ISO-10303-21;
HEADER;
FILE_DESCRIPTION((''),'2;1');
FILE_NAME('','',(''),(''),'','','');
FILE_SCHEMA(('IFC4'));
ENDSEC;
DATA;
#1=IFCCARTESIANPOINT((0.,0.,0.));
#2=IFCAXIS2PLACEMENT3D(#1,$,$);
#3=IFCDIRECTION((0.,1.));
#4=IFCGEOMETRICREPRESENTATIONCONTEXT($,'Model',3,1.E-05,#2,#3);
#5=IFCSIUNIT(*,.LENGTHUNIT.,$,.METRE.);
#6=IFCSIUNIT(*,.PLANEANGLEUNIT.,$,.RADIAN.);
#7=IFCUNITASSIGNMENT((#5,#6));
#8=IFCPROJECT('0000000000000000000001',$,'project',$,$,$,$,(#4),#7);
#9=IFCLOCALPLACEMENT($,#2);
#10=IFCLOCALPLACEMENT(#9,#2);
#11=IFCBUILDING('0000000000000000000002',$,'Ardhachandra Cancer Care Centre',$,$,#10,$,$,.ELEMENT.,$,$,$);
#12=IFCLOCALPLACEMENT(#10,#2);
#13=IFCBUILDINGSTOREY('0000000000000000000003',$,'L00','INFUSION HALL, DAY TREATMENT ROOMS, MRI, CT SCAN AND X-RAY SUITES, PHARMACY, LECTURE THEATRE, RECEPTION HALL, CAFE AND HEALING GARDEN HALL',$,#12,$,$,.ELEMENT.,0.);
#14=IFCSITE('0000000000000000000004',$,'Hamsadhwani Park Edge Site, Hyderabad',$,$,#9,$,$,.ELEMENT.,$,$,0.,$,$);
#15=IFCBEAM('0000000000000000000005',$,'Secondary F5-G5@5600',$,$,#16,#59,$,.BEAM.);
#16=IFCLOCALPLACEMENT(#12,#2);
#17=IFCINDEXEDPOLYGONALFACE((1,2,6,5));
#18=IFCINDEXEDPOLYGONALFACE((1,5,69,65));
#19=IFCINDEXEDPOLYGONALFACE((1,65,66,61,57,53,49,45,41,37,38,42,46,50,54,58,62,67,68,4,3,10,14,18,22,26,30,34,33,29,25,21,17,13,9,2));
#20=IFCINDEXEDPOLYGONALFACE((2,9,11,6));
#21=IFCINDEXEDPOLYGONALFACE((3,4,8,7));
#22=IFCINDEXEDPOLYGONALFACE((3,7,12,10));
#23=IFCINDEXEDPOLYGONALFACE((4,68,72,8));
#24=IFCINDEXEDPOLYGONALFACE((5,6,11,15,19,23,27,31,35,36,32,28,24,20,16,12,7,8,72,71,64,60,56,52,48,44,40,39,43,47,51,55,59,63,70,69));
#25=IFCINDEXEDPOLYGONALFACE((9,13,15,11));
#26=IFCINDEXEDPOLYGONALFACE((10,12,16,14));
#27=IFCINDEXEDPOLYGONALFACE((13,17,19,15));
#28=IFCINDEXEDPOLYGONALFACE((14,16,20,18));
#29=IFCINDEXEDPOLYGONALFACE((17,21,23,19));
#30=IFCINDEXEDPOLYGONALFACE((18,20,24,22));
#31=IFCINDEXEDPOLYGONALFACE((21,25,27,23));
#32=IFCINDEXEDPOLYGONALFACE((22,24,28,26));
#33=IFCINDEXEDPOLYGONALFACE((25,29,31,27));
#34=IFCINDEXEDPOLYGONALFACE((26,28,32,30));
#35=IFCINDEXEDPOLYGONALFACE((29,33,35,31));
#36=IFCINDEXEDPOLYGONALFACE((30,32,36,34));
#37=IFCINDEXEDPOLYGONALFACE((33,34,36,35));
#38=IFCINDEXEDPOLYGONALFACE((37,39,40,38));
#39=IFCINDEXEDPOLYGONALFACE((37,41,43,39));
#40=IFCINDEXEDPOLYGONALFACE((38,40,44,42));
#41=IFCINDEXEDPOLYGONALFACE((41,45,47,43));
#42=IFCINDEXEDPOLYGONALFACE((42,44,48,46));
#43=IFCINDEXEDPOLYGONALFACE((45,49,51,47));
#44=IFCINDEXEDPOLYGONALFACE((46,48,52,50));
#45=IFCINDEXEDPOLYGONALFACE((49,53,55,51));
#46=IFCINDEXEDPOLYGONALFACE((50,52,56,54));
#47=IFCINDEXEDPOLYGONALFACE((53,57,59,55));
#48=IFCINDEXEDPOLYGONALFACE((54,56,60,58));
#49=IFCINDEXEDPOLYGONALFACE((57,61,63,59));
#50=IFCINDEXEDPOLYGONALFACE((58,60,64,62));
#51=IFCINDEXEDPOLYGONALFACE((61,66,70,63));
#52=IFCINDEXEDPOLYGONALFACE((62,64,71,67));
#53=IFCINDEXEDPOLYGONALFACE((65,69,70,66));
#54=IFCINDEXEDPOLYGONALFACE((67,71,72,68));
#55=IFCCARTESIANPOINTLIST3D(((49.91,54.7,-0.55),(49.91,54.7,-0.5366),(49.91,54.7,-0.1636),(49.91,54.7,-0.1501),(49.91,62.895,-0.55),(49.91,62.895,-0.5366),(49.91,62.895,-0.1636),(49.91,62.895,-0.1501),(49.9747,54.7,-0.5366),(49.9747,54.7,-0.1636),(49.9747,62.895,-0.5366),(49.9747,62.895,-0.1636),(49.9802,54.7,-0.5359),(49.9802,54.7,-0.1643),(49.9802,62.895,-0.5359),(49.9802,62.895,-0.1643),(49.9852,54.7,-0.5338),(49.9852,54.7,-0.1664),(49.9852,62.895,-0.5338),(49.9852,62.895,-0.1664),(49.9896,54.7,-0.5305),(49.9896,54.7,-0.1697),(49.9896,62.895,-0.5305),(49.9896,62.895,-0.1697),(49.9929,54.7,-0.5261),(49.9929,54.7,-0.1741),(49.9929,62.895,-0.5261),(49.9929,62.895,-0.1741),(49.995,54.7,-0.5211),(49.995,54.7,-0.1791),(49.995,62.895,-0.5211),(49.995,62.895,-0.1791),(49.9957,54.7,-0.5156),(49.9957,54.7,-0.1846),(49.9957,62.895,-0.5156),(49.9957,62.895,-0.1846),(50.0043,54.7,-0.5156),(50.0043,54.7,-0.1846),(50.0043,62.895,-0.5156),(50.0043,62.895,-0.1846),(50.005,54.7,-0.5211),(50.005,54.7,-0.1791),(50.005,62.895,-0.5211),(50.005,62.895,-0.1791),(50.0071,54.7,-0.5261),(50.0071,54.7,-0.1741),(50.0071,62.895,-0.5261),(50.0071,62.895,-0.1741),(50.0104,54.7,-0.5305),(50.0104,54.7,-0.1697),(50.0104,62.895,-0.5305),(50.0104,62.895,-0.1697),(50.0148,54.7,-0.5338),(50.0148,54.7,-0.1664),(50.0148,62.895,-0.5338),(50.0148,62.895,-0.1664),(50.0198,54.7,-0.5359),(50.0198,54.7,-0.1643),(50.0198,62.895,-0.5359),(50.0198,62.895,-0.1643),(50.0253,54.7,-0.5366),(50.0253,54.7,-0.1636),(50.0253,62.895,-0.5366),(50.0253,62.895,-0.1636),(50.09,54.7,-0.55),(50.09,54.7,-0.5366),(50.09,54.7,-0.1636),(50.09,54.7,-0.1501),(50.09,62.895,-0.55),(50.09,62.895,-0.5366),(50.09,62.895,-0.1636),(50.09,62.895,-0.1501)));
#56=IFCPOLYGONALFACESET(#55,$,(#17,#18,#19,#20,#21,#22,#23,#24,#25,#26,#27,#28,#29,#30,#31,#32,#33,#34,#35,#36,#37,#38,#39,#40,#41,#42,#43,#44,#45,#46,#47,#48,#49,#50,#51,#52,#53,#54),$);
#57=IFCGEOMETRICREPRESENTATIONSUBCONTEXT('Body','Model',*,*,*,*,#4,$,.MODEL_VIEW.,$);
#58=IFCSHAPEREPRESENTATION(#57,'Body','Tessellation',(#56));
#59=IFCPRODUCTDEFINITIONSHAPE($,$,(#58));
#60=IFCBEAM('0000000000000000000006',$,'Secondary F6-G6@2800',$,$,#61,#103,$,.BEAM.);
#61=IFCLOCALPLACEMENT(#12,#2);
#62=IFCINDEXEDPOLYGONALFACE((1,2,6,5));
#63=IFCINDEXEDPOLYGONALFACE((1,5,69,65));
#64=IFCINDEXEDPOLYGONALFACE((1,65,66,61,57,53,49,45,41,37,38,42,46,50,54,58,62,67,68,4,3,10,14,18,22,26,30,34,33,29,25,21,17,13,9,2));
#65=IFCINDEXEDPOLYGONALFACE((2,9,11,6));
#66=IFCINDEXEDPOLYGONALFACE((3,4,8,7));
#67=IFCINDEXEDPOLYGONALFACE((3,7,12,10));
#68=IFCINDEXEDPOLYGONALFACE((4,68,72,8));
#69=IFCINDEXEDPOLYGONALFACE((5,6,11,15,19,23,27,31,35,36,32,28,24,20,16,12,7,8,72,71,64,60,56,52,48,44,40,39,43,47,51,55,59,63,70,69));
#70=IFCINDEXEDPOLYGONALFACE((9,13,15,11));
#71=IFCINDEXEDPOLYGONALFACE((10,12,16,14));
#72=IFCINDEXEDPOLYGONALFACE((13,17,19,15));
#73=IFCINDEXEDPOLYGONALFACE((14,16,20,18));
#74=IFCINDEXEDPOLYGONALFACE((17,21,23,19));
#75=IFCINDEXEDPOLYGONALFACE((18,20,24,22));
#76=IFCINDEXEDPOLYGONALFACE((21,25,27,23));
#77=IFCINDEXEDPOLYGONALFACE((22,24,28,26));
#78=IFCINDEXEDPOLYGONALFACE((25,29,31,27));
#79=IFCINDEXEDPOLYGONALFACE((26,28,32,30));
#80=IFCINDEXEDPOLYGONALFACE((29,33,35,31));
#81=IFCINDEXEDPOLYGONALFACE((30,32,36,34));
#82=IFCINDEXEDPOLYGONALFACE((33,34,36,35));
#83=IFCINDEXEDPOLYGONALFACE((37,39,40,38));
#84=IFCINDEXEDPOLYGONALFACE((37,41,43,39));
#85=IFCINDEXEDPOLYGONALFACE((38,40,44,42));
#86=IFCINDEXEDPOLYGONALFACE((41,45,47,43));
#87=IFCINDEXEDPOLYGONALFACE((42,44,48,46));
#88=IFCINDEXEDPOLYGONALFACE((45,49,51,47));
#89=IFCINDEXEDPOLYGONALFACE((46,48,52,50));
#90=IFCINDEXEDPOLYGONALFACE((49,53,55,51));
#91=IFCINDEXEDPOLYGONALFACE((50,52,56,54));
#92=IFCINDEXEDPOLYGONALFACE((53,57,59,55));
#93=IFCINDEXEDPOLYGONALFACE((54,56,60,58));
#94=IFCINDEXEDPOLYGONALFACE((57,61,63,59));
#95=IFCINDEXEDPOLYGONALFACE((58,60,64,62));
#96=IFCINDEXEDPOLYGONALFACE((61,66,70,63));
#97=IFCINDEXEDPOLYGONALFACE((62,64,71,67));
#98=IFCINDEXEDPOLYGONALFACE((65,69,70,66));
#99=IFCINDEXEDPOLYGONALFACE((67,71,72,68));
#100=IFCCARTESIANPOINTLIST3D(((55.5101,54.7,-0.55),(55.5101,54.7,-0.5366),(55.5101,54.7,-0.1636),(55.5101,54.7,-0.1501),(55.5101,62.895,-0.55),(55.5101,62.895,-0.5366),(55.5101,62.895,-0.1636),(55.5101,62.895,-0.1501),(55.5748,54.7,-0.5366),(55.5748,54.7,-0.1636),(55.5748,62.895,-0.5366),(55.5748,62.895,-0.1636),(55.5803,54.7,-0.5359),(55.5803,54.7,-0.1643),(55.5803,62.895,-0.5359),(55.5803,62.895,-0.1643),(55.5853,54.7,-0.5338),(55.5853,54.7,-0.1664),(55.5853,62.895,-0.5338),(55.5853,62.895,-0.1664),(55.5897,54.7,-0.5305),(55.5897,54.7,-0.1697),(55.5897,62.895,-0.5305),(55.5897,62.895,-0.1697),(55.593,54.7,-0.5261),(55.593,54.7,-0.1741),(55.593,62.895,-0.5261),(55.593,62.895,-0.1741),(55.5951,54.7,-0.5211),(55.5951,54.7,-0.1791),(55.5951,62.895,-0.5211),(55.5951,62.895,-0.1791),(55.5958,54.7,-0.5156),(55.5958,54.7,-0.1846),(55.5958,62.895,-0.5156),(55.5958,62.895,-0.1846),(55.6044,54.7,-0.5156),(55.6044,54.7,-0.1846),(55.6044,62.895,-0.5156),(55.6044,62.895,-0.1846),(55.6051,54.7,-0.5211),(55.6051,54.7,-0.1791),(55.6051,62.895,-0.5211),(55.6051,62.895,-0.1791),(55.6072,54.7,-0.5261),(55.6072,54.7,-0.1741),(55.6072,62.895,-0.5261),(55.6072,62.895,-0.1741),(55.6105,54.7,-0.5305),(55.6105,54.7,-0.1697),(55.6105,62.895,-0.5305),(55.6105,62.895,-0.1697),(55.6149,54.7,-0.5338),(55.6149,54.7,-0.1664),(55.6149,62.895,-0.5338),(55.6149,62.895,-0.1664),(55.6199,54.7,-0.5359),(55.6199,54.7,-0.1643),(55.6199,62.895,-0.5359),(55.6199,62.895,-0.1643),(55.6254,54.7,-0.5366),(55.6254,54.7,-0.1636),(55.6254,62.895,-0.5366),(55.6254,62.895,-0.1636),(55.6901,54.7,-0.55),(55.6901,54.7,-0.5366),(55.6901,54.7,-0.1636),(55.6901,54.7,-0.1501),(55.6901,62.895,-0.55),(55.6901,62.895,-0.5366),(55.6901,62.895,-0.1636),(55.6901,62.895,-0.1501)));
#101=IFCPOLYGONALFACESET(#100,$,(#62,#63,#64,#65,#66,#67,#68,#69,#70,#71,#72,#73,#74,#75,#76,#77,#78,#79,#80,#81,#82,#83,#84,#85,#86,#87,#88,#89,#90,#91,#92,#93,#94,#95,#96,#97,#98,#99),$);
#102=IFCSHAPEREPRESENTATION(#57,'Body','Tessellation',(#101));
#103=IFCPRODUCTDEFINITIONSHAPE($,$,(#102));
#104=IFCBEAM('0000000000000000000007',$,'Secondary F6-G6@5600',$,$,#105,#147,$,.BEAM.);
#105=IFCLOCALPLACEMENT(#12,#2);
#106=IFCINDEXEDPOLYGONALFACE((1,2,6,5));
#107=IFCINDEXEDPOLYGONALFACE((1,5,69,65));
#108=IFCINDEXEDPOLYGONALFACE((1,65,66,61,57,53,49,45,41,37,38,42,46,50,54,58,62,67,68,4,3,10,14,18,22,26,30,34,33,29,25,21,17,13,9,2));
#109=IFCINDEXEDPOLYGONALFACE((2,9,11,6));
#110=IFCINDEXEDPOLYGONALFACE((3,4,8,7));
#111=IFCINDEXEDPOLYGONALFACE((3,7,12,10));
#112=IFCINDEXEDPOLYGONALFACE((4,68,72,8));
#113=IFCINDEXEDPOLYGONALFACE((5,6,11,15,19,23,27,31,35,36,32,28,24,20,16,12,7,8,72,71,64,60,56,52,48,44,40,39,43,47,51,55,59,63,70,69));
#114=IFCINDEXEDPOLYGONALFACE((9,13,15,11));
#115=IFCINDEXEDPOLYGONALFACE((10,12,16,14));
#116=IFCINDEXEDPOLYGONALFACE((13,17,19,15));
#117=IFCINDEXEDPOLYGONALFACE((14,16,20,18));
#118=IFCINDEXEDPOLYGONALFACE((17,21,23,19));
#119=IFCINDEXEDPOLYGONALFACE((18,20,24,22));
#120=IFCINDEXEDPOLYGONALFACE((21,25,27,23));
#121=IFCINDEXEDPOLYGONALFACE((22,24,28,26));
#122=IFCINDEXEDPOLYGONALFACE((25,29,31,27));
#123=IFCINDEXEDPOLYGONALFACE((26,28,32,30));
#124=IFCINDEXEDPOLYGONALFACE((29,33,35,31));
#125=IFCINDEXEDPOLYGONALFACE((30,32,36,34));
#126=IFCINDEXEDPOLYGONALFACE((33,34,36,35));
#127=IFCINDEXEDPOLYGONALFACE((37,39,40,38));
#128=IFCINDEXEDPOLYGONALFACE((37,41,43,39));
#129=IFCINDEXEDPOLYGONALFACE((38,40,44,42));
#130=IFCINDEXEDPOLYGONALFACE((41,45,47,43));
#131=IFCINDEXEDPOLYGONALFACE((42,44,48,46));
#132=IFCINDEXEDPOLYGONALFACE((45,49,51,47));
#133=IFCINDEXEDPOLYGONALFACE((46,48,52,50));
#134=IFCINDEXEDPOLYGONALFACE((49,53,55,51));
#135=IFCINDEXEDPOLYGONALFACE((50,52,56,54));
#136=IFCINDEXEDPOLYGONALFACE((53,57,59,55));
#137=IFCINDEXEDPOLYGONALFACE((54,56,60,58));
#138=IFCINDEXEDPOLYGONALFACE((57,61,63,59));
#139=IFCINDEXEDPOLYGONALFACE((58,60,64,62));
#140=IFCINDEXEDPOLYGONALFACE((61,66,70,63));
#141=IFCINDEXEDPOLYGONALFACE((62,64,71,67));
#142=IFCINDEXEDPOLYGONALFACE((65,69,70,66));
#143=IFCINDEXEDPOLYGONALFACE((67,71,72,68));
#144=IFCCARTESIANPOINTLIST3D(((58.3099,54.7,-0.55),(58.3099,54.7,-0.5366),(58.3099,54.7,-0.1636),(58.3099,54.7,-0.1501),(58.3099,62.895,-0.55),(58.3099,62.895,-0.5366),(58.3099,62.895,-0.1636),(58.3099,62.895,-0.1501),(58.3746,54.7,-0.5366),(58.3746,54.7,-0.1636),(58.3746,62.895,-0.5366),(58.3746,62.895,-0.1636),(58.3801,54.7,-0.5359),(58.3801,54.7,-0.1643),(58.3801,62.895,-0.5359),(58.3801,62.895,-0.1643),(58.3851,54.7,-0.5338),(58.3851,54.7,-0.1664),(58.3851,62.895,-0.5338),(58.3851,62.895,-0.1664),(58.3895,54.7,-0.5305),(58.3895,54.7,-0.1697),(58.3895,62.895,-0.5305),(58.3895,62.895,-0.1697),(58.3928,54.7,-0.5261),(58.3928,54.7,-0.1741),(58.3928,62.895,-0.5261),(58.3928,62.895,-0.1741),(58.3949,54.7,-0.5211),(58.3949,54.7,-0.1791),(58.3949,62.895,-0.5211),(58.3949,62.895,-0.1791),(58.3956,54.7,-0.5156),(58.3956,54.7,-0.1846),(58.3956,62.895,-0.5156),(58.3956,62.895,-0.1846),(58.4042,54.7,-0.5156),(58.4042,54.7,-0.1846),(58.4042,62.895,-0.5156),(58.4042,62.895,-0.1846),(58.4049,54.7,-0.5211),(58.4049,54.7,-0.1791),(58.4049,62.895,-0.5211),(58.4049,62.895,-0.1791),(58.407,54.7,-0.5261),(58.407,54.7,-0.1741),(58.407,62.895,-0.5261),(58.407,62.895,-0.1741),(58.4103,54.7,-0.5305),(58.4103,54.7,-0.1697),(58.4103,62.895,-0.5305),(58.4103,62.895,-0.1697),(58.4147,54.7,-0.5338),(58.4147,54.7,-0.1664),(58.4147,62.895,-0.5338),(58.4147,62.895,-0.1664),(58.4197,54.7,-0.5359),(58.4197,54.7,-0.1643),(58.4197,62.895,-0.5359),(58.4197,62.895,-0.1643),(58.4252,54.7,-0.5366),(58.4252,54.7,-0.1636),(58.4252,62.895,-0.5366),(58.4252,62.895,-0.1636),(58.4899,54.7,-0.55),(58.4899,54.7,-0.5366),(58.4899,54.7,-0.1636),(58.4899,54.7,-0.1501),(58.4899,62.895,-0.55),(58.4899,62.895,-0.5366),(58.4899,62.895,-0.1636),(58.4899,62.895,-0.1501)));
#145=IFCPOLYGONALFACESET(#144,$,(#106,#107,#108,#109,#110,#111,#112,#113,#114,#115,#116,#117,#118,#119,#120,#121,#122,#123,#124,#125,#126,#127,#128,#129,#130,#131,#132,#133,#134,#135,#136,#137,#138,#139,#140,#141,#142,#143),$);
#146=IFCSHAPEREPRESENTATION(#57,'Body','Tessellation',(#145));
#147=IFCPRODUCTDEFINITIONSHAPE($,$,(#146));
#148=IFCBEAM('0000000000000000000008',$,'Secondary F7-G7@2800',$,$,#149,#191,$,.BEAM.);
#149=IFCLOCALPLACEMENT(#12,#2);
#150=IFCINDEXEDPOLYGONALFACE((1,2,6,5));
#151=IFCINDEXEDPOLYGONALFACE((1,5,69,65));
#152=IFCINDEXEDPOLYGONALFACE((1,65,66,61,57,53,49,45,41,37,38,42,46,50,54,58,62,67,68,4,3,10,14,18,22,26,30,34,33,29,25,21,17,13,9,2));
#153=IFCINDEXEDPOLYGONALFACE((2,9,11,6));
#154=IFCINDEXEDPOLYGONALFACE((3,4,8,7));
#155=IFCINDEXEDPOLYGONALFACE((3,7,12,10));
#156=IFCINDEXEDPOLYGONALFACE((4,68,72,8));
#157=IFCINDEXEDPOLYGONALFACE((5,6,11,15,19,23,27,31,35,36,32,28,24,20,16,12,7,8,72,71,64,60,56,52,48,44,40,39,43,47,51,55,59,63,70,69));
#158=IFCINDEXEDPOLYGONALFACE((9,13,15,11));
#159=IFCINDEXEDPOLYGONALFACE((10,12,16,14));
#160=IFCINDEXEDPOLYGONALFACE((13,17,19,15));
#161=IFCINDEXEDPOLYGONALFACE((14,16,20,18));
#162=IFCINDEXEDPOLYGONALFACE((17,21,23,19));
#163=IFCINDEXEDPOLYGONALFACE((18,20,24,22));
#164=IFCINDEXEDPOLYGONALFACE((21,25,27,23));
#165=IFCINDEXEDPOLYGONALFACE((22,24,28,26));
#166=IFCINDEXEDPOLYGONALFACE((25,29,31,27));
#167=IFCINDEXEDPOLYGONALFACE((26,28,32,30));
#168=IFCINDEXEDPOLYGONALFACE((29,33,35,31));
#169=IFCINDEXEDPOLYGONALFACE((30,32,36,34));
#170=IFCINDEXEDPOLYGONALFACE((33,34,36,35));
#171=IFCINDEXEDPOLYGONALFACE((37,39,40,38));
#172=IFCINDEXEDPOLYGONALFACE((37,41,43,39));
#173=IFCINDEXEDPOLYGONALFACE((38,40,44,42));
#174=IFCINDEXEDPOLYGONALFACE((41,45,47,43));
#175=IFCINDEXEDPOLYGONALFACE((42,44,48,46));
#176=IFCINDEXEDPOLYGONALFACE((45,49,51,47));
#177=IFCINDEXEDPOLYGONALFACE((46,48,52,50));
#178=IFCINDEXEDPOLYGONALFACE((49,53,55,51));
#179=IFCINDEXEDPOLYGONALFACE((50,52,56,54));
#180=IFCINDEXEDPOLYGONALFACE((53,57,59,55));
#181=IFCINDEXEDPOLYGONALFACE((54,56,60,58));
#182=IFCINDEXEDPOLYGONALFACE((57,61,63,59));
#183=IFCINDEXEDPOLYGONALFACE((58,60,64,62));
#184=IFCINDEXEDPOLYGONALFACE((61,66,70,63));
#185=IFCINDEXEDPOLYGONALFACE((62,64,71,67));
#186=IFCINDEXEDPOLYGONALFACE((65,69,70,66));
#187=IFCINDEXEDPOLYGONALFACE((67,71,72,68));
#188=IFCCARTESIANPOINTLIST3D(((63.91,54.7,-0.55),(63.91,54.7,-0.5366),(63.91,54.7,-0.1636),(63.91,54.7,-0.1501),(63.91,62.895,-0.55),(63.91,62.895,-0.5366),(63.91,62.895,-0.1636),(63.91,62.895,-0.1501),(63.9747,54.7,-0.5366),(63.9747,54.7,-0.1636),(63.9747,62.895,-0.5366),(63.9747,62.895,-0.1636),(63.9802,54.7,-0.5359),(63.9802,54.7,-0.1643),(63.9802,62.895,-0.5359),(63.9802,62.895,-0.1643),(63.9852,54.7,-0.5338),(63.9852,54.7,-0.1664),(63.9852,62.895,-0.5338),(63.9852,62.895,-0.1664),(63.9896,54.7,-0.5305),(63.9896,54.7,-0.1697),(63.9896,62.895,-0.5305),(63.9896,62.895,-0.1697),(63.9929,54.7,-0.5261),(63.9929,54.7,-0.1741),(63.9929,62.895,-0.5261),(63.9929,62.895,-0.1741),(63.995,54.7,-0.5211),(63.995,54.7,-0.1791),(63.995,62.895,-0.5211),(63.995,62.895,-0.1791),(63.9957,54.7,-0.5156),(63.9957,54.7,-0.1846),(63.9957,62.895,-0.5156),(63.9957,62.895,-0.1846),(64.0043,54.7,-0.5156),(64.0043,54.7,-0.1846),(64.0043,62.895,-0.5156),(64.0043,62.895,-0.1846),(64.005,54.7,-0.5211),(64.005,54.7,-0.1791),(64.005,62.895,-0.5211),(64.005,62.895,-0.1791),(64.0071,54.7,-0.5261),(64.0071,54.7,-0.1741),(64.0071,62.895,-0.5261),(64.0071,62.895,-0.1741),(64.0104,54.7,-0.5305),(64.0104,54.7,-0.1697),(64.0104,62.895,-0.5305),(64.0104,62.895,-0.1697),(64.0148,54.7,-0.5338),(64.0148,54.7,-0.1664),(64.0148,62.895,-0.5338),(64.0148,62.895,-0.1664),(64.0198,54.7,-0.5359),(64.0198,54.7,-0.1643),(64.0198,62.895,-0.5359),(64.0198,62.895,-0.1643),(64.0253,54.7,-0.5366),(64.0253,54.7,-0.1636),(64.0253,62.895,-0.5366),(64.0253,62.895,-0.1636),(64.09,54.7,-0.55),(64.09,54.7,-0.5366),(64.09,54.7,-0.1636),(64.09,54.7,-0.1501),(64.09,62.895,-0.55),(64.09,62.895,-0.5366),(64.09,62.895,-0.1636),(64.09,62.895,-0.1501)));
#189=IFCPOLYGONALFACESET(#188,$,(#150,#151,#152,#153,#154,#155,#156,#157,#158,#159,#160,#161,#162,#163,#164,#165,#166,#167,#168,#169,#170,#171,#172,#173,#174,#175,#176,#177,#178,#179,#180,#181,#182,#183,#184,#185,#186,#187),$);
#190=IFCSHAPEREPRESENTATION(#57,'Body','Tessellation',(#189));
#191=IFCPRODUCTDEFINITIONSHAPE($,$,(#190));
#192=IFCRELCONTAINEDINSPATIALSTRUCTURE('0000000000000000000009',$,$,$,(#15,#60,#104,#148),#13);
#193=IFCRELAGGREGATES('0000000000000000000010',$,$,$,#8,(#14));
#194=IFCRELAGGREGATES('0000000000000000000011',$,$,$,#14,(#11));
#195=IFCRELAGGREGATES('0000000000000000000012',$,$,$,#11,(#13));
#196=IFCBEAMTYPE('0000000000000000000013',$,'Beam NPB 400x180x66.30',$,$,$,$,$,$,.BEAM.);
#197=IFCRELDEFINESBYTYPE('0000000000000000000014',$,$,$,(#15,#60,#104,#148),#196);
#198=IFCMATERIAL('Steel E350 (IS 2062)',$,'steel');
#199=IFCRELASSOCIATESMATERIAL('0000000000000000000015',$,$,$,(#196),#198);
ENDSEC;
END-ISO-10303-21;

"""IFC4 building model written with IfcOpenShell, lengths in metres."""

from ifc_helpers import new_model, si_unit, direction, frame, origin, origin_2d, place, context, subcontext, project, spatial, i_section, extrude, material, material_profile, profile_set, type_object, element, save


model = new_model("IFC4")

# Units and contexts
model_context = context("Model", 3, precision=1e-05, world=origin(), true_north=direction((0.0, 1.0)))
body_context = subcontext(model_context, "Body", "Model", "MODEL_VIEW")
ifc_project = project(units=[si_unit("LENGTHUNIT", "METRE"), si_unit("PLANEANGLEUNIT", "RADIAN")], contexts=[model_context])

# Site, building, storey
site_placement = place(None, origin())
site = spatial("IfcSite", under=ifc_project, at=site_placement, Name="Hamsadhwani Park Edge Site, Hyderabad", CompositionType="ELEMENT", RefElevation=0.0)
building_placement = place(site_placement, origin())
building = spatial("IfcBuilding", under=site, at=building_placement, Name="Ardhachandra Cancer Care Centre", CompositionType="ELEMENT")
storey_placement = place(building_placement, origin())
storey = spatial("IfcBuildingStorey", under=building, at=storey_placement, Name="L00", Description="INFUSION HALL, DAY TREATMENT ROOMS, MRI, CT SCAN AND X-RAY SUITES, PHARMACY, LECTURE THEATRE, RECEPTION HALL, CAFE AND HEALING GARDEN HALL", CompositionType="ELEMENT", Elevation=0.0)

# Beams
ifc_material_1 = material(Name="Steel E350 (IS 2062)", Category="steel")
ifc_material_profile_1 = material_profile(ifc_material_1, i_section(OverallWidth=0.1799, OverallDepth=0.3999, WebThickness=0.0085, FlangeThickness=0.0134, FilletRadius=0.021, at=origin_2d()), Name="NPB 400x180x66.30")
ifc_profile_set_1 = profile_set([ifc_material_profile_1], Name="Steel E350 (IS 2062)")
beam_type = type_object("IfcBeamType", Name="Beam NPB 400x180x66.30", PredefinedType="BEAM", material=ifc_profile_set_1)
for number, where, z_axis, x_axis, name in (
    (1, (50.0, 54.7, -0.3501), (0.0, 1.0, 0.0), (-1.0, 0.0, 0.0), "Secondary F5-G5@5600"),
    (2, (55.6001, 54.7, -0.3501), (0.0, 1.0, 0.0), (-1.0, 0.0, 0.0), "Secondary F6-G6@2800"),
    (3, (58.3999, 54.7, -0.3501), (0.0, 1.0, 0.0), (-1.0, 0.0, 0.0), "Secondary F6-G6@5600"),
    (4, (64.0, 54.7, -0.3501), (0.0, 1.0, 0.0), (-1.0, 0.0, 0.0), "Secondary F7-G7@2800"),
):
    element("IfcBeam", number, at=place(storey_placement, frame(where, z_axis=z_axis, x_axis=x_axis)), inside=storey, type_object=beam_type, Name=name, PredefinedType="BEAM", context=body_context, shape_type="SweptSolid", body=[
        extrude(i_section(OverallWidth=0.1799, OverallDepth=0.3999, WebThickness=0.0085, FlangeThickness=0.0134, FilletRadius=0.021, at=origin_2d()), origin(), (0.0, 0.0, 1.0), 8.1951),
    ])

save(model, "model.ifc")
